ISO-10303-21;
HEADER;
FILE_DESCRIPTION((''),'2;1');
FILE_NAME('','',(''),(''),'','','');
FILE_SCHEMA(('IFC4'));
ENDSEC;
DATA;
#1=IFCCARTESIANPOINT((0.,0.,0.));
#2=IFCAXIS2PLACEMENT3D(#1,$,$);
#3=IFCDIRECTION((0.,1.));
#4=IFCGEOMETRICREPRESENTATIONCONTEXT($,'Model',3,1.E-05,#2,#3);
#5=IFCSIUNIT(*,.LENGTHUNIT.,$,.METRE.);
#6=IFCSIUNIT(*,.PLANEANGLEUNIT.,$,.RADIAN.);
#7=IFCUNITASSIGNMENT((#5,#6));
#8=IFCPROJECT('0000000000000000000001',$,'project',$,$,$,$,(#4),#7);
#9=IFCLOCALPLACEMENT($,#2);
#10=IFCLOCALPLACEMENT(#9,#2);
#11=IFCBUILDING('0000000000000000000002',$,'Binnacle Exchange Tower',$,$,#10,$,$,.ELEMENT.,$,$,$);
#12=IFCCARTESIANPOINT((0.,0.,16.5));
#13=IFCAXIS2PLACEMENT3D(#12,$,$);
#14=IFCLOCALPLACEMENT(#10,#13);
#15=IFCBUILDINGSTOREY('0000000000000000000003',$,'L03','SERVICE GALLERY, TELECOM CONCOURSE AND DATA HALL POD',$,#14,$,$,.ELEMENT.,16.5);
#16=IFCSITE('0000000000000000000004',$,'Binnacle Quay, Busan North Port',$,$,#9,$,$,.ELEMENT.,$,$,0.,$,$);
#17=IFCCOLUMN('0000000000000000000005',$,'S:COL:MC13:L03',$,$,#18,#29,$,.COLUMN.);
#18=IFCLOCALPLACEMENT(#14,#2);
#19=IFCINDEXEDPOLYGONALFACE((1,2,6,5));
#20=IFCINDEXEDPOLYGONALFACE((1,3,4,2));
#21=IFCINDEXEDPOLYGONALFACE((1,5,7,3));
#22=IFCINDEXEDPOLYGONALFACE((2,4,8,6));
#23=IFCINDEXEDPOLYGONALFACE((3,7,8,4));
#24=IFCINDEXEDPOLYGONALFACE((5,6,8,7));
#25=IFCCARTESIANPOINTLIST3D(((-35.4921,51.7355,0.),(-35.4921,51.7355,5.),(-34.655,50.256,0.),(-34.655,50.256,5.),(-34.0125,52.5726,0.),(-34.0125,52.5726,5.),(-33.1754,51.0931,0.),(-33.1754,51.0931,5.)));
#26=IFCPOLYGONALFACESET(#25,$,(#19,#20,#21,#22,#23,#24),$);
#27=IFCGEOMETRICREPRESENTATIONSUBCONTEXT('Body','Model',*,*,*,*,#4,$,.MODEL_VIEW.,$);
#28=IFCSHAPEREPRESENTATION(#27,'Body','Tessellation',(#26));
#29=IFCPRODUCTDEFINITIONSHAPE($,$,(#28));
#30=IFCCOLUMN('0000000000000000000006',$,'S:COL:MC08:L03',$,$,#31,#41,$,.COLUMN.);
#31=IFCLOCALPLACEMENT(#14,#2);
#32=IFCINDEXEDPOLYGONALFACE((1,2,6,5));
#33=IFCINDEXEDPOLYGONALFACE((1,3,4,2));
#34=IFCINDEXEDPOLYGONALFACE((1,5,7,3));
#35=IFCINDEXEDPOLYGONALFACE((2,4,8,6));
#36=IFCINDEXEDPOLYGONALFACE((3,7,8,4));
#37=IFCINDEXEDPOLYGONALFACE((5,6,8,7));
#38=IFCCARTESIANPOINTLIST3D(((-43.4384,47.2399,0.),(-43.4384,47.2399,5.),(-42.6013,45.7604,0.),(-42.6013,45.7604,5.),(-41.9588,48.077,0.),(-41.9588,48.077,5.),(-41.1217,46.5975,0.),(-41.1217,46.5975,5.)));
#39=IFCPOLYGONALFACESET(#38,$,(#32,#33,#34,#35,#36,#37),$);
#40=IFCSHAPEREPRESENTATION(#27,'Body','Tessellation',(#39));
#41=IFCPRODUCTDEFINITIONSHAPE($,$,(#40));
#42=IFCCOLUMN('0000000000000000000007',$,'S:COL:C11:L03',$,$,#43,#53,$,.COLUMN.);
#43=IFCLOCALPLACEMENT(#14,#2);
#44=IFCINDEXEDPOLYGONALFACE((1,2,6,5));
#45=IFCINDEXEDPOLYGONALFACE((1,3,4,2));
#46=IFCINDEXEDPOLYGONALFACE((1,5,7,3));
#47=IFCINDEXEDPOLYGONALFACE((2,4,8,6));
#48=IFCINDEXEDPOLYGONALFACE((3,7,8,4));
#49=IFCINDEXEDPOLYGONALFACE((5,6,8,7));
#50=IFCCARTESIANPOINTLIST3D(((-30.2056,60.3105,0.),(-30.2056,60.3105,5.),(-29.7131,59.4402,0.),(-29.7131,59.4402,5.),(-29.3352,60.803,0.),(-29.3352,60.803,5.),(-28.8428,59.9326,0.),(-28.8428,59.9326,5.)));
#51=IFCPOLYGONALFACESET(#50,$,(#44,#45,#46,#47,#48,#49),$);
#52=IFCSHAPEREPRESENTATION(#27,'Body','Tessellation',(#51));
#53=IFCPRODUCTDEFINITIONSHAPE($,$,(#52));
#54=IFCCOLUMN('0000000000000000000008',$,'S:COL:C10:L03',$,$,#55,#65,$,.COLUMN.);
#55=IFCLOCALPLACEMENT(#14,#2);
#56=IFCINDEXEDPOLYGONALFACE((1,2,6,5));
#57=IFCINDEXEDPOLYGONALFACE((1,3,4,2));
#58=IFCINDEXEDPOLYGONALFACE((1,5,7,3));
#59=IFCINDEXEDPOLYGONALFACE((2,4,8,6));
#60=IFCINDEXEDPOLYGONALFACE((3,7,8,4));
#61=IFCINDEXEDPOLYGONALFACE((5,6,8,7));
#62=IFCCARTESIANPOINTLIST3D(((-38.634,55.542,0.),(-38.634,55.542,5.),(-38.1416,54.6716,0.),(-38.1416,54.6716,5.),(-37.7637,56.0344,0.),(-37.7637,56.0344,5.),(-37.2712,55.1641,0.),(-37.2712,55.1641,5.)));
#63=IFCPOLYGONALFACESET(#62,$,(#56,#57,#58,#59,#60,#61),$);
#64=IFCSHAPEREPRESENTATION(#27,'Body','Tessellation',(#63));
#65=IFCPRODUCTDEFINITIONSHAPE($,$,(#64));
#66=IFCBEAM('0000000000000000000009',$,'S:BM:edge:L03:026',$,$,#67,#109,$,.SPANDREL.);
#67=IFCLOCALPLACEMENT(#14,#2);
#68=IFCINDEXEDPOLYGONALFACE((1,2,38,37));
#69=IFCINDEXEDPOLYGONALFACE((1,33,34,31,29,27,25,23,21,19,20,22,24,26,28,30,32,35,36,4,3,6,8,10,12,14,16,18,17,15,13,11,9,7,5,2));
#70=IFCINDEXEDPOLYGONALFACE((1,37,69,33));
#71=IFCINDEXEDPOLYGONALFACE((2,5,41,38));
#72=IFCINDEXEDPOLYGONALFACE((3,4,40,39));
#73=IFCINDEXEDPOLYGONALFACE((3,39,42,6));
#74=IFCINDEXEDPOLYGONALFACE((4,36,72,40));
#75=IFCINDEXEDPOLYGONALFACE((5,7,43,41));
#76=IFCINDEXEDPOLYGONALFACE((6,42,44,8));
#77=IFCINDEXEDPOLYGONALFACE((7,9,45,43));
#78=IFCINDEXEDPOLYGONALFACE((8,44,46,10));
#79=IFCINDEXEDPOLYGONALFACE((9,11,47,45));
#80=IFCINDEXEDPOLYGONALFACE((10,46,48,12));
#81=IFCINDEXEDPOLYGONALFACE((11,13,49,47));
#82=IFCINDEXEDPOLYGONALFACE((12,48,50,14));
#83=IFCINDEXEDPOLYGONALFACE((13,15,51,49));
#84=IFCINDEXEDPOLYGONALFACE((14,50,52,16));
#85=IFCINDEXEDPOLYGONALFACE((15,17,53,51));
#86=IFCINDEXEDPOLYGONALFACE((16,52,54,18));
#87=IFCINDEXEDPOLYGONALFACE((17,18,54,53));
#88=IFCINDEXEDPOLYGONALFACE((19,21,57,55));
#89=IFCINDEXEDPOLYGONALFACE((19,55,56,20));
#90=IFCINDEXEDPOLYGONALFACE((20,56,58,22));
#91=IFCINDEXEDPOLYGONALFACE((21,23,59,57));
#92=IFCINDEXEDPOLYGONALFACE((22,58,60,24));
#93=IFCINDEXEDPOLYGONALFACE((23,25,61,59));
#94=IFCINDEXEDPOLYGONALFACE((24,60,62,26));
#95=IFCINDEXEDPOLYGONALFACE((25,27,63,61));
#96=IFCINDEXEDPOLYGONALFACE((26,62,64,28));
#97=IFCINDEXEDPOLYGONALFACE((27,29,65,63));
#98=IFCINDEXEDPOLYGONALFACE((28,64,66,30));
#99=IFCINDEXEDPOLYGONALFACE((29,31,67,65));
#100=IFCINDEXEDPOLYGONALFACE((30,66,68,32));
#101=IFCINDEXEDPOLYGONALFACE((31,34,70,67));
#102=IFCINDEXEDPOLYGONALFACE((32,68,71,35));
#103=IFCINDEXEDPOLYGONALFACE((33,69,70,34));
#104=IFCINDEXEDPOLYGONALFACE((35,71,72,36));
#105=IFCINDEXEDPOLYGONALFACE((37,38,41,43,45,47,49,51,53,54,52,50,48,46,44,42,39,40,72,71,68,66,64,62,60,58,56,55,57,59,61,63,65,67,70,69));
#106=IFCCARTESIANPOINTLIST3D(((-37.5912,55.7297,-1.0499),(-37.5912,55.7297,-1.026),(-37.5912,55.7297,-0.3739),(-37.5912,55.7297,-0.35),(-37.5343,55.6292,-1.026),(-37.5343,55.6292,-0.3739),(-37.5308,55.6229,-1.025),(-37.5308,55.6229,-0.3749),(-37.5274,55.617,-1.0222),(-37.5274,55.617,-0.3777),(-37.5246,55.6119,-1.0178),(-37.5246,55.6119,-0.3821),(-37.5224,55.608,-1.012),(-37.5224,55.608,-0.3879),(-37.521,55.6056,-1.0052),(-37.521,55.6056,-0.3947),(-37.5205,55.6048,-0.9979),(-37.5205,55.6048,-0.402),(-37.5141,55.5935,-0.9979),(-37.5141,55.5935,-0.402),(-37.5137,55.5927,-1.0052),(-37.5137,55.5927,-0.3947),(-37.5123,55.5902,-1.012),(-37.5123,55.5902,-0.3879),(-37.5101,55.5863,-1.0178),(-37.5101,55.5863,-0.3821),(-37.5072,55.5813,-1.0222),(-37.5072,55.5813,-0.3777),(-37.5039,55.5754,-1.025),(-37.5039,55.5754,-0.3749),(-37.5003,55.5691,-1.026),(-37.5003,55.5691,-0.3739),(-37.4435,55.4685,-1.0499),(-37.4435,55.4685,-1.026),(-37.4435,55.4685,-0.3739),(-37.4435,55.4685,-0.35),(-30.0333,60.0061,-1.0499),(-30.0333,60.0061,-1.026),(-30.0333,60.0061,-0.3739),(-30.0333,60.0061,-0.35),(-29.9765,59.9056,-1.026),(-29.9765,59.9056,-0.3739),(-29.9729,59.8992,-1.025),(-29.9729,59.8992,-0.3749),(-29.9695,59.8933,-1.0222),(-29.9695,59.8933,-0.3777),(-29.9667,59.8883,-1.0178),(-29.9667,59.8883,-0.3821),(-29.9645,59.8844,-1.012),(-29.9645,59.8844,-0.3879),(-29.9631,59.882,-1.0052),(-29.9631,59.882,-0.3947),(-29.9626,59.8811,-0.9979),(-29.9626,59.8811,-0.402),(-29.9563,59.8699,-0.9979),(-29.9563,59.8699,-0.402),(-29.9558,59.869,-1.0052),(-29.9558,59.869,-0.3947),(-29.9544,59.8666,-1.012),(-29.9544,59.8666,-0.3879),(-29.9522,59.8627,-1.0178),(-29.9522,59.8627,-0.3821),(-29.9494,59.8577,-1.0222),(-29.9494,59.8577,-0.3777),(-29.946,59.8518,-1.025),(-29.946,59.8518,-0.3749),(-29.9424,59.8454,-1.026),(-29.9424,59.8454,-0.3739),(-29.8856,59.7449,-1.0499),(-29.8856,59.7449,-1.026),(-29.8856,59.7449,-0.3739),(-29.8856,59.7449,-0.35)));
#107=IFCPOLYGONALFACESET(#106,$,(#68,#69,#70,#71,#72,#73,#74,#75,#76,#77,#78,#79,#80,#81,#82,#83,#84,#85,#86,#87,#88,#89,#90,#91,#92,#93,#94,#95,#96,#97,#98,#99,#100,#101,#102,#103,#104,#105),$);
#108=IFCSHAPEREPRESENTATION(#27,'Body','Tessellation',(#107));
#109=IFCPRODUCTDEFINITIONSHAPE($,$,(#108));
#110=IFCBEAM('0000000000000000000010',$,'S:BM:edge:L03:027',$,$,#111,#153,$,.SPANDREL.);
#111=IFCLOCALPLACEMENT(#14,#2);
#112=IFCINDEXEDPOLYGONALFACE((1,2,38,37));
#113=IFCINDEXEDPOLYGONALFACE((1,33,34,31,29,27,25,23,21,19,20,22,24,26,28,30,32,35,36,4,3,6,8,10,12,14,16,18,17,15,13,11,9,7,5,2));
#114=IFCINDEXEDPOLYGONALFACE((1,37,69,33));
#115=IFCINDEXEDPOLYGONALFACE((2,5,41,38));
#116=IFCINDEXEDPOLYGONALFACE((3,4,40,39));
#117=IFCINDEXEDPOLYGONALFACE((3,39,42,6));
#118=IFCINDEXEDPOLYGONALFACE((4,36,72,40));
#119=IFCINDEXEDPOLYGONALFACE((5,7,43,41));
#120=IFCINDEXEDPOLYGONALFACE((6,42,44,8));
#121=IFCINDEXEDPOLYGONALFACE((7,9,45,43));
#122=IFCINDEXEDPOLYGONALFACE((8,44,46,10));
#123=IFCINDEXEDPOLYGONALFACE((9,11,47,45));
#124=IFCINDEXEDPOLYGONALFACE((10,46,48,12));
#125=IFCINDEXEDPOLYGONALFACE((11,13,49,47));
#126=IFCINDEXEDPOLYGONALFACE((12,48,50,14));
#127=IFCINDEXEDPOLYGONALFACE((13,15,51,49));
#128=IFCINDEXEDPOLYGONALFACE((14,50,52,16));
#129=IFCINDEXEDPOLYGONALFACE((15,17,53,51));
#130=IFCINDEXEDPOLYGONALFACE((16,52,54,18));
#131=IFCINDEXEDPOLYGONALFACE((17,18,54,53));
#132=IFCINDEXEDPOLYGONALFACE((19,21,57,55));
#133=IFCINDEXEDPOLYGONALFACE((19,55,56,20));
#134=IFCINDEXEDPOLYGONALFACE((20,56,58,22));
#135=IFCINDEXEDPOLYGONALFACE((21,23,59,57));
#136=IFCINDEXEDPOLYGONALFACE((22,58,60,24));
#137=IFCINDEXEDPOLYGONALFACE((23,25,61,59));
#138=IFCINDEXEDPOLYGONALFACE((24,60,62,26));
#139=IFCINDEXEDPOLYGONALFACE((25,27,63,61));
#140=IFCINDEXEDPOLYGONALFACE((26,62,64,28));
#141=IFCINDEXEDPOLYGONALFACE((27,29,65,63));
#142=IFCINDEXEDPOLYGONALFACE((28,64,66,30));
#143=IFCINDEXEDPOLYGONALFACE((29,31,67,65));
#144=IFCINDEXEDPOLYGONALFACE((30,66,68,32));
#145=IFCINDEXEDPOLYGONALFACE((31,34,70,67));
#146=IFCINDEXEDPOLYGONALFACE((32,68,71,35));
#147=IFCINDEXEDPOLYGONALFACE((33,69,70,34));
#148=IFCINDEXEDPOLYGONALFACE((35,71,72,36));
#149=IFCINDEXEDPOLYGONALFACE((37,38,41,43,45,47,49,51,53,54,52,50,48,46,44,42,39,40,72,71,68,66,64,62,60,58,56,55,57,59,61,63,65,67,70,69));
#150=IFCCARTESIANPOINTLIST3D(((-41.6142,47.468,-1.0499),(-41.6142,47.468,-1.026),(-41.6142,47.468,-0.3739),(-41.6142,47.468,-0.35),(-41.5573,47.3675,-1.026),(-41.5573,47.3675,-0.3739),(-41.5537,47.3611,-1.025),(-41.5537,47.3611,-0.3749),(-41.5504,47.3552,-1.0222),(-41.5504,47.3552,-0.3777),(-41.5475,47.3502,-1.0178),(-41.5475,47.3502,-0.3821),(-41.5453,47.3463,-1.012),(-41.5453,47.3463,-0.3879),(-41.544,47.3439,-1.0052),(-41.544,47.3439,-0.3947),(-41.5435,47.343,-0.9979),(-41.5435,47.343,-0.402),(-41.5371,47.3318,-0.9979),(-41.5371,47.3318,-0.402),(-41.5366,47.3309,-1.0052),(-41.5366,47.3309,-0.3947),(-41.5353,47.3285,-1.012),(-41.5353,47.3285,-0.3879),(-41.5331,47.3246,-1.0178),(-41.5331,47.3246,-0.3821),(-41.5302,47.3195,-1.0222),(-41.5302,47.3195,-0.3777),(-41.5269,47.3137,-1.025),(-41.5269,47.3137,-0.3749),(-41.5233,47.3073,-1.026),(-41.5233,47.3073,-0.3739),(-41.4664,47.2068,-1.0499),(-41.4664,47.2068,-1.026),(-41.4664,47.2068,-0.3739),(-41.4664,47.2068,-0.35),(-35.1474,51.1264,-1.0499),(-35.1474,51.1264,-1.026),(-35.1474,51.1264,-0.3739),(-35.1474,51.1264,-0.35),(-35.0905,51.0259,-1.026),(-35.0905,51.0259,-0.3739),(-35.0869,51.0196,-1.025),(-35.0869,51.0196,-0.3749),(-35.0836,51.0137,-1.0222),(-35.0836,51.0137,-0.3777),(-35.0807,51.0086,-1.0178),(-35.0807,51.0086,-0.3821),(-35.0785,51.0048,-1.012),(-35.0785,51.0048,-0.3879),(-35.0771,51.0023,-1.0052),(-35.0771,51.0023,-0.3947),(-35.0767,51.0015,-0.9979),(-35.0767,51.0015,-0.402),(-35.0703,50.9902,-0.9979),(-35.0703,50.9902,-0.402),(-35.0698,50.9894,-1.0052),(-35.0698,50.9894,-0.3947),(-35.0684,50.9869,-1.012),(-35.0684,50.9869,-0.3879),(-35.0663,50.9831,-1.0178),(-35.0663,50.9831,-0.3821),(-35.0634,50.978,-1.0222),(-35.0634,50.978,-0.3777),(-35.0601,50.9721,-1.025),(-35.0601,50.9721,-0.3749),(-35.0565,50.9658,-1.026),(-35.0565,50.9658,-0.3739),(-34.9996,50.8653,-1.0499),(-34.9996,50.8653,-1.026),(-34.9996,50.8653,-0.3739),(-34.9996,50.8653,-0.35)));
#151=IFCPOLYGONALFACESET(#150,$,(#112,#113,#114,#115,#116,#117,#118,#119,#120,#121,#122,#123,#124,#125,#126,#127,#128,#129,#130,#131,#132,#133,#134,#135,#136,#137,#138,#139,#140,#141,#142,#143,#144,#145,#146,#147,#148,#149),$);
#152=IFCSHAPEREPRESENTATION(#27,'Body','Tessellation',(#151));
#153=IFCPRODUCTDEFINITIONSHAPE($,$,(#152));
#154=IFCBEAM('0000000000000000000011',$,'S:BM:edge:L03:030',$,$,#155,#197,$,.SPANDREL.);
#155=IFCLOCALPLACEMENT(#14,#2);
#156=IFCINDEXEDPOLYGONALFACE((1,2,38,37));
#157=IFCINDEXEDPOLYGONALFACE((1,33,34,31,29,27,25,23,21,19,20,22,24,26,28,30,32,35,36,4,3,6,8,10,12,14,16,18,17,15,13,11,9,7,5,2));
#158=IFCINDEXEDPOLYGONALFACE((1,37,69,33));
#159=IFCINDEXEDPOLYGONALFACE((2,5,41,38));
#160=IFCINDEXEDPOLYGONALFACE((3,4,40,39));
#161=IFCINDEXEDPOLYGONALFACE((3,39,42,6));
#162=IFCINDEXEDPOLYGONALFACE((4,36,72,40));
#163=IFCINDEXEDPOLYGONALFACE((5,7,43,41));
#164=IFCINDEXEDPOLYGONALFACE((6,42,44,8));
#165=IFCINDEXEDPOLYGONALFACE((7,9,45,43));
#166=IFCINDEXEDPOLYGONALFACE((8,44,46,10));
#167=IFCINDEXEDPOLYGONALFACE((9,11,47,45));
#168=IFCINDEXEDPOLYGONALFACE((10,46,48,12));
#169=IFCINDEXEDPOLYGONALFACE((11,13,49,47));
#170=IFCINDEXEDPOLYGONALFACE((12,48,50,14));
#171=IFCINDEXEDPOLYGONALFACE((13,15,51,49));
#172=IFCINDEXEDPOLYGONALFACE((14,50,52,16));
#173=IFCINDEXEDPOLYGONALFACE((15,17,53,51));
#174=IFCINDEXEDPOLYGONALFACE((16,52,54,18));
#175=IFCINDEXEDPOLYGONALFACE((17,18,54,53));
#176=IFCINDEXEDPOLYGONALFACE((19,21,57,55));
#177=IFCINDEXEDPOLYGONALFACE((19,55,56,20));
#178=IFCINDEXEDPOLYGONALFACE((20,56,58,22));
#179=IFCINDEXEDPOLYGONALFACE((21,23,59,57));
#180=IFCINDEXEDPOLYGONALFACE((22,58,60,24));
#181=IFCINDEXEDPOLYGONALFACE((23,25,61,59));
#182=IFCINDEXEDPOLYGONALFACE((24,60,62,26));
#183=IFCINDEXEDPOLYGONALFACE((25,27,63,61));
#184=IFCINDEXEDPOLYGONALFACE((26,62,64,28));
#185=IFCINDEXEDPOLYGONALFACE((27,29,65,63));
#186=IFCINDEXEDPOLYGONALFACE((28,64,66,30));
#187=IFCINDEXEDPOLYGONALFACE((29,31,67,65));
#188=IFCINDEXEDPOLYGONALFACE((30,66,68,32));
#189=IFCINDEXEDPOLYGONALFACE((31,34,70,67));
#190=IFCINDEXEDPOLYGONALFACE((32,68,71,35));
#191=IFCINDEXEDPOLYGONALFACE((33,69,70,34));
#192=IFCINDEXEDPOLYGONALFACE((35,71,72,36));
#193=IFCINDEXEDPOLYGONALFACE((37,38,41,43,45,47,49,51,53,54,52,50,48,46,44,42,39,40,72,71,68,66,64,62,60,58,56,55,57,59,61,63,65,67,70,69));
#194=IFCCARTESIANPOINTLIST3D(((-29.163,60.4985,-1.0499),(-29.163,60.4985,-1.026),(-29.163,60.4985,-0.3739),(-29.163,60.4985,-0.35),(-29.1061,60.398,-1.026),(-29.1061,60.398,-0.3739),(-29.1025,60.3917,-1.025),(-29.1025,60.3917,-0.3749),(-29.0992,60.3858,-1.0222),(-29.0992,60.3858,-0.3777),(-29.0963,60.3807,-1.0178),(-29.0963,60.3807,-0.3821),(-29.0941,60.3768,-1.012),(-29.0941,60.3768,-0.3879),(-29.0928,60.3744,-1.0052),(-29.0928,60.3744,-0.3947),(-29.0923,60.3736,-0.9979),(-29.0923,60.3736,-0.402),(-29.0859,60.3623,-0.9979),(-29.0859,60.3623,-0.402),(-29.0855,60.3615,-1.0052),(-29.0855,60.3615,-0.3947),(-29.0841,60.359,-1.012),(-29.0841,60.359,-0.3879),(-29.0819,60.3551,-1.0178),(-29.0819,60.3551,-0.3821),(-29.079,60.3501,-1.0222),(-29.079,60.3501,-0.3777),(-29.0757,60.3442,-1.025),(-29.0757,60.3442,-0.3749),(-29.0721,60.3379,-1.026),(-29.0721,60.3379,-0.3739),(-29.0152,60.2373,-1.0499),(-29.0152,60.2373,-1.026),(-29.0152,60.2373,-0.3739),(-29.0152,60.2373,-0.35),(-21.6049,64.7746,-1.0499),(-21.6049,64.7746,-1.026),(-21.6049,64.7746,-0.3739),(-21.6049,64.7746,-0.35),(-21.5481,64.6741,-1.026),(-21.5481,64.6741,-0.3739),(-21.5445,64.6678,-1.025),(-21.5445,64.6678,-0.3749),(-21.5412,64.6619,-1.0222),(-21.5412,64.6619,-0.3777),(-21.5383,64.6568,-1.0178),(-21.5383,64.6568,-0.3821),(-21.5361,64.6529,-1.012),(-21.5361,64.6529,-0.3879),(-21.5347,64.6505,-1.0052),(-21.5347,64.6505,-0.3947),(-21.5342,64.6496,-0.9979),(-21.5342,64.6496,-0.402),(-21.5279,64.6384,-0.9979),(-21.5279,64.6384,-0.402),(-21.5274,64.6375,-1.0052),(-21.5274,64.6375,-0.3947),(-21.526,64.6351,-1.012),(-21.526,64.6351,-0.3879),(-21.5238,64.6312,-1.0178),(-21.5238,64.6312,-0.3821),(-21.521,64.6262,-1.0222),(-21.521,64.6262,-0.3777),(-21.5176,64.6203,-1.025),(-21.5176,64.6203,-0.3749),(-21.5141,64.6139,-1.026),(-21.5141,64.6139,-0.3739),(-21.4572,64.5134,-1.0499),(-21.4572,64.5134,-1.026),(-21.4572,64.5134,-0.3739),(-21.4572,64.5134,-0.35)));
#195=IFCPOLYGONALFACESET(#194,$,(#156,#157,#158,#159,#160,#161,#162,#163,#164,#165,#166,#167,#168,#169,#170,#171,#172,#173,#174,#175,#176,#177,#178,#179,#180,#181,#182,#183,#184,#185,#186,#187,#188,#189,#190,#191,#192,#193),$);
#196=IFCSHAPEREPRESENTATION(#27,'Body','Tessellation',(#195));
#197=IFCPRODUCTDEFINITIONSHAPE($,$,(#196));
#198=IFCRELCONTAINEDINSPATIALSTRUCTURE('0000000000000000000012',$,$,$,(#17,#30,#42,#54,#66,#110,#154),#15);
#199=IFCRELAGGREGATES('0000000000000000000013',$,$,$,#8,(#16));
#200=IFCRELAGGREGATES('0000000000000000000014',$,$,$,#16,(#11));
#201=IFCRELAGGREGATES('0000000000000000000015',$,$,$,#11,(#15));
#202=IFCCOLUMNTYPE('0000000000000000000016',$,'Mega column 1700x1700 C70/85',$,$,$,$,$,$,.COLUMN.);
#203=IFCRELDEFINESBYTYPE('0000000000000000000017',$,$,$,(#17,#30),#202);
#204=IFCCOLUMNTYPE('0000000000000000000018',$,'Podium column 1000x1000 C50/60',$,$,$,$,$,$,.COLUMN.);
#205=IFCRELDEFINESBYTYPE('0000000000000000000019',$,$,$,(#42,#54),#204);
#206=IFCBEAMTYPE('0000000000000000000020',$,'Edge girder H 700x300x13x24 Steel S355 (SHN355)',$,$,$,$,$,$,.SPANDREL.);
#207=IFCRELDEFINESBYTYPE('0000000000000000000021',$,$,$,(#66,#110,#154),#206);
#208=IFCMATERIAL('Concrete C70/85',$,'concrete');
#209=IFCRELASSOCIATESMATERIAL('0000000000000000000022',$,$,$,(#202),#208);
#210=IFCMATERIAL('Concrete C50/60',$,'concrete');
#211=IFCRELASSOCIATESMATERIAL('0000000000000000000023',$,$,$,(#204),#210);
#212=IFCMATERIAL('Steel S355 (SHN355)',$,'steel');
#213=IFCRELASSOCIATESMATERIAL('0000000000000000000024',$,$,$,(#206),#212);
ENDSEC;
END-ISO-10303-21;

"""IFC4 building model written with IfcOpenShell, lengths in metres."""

from ifc_helpers import new_model, si_unit, direction, frame, origin, origin_2d, place, context, subcontext, project, spatial, rectangle, i_section, extrude, material, material_profile, profile_set, type_object, element, save


model = new_model("IFC4")

# Units and contexts
model_context = context("Model", 3, precision=1e-05, world=origin(), true_north=direction((0.0, 1.0)))
body_context = subcontext(model_context, "Body", "Model", "MODEL_VIEW")
ifc_project = project(units=[si_unit("LENGTHUNIT", "METRE"), si_unit("PLANEANGLEUNIT", "RADIAN")], contexts=[model_context])

# Site, building, storey
site_placement = place(None, origin())
site = spatial("IfcSite", under=ifc_project, at=site_placement, Name="Binnacle Quay, Busan North Port", CompositionType="ELEMENT", RefElevation=0.0)
building_placement = place(site_placement, origin())
building = spatial("IfcBuilding", under=site, at=building_placement, Name="Binnacle Exchange Tower", CompositionType="ELEMENT")
storey_placement = place(building_placement, frame((0.0, 0.0, 16.5)))
storey = spatial("IfcBuildingStorey", under=building, at=storey_placement, Name="L03", Description="SERVICE GALLERY, TELECOM CONCOURSE AND DATA HALL POD", CompositionType="ELEMENT", Elevation=16.5)

# Columns
ifc_material_1 = material(Name="Concrete C70/85", Category="concrete")
ifc_material_profile_1 = material_profile(ifc_material_1, rectangle(XDim=1.7, YDim=1.7, at=origin_2d()), Name="Mega column 1700x1700 C70/85")
ifc_profile_set_1 = profile_set([ifc_material_profile_1], Name="Concrete C70/85")
column_type_1 = type_object("IfcColumnType", Name="Mega column 1700x1700 C70/85", PredefinedType="COLUMN", material=ifc_profile_set_1)
for number, where, z_axis, x_axis, name in (
    (1, (-34.3337, 51.4143, 0.0), (0.0, 0.0, 1.0), (-0.870356, -0.492424, 0.0), "S:COL:MC13:L03"),
    (2, (-42.28, 46.9187, 0.0), (0.0, 0.0, 1.0), (-0.870356, -0.492424, 0.0), "S:COL:MC08:L03"),
):
    element("IfcColumn", number, at=place(storey_placement, frame(where, z_axis=z_axis, x_axis=x_axis)), inside=storey, type_object=column_type_1, Name=name, PredefinedType="COLUMN", context=body_context, shape_type="SweptSolid", body=[
        extrude(rectangle(XDim=1.7, YDim=1.7, at=origin_2d()), origin(), (0.0, 0.0, 1.0), 5.0),
    ])
ifc_material_2 = material(Name="Concrete C50/60", Category="concrete")
ifc_material_profile_2 = material_profile(ifc_material_2, rectangle(XDim=1.0, YDim=1.0, at=origin_2d()), Name="Podium column 1000x1000 C50/60")
ifc_profile_set_2 = profile_set([ifc_material_profile_2], Name="Concrete C50/60")
column_type_2 = type_object("IfcColumnType", Name="Podium column 1000x1000 C50/60", PredefinedType="COLUMN", material=ifc_profile_set_2)
for number, where, z_axis, x_axis, name in (
    (3, (-29.5242, 60.1216, 0.0), (0.0, 0.0, 1.0), (-0.870356, -0.492424, 0.0), "S:COL:C11:L03"),
    (4, (-37.9526, 55.353, 0.0), (0.0, 0.0, 1.0), (-0.870356, -0.492424, 0.0), "S:COL:C10:L03"),
):
    element("IfcColumn", number, at=place(storey_placement, frame(where, z_axis=z_axis, x_axis=x_axis)), inside=storey, type_object=column_type_2, Name=name, PredefinedType="COLUMN", context=body_context, shape_type="SweptSolid", body=[
        extrude(rectangle(XDim=1.0, YDim=1.0, at=origin_2d()), origin(), (0.0, 0.0, 1.0), 5.0),
    ])

# Beams
ifc_material_3 = material(Name="Steel S355 (SHN355)", Category="steel")
ifc_material_profile_3 = material_profile(ifc_material_3, i_section(OverallWidth=0.3, OverallDepth=0.7, WebThickness=0.0129, FlangeThickness=0.0239, FilletRadius=0.0281, at=origin_2d()), Name="H 700x300x13x24")
ifc_profile_set_3 = profile_set([ifc_material_profile_3], Name="Steel S355 (SHN355)")
beam_type_1 = type_object("IfcBeamType", Name="Edge girder H 700x300x13x24 Steel S355 (SHN355)", PredefinedType="SPANDREL", material=ifc_profile_set_3)
beam_1_placement = place(storey_placement, frame((-37.5173, 55.5991, -0.7), z_axis=(0.870339, 0.492453, 0.0), x_axis=(-0.492453, 0.870339, 0.0)))
element("IfcBeam", 5, at=beam_1_placement, inside=storey, type_object=beam_type_1, Name="S:BM:edge:L03:026", PredefinedType="SPANDREL", context=body_context, shape_type="SweptSolid", body=[
    extrude(i_section(OverallWidth=0.3, OverallDepth=0.7, WebThickness=0.0129, FlangeThickness=0.0239, FilletRadius=0.0281, at=origin_2d()), origin(), (0.0, 0.0, 1.0), 8.6838),
])
beam_2_placement = place(storey_placement, frame((-35.0735, 50.9958, -0.7), z_axis=(-0.870372, -0.492394, 0.0), x_axis=(0.492394, -0.870372, 0.0)))
element("IfcBeam", 6, at=beam_2_placement, inside=storey, type_object=beam_type_1, Name="S:BM:edge:L03:027", PredefinedType="SPANDREL", context=body_context, shape_type="SweptSolid", body=[
    extrude(i_section(OverallWidth=0.3, OverallDepth=0.7, WebThickness=0.0129, FlangeThickness=0.0239, FilletRadius=0.0281, at=origin_2d()), origin(), (0.0, 0.0, 1.0), 7.4299),
])
beam_3_placement = place(storey_placement, frame((-29.0891, 60.3679, -0.7), z_axis=(0.870358, 0.492419, 0.0), x_axis=(-0.492419, 0.870358, 0.0)))
element("IfcBeam", 7, at=beam_3_placement, inside=storey, type_object=beam_type_1, Name="S:BM:edge:L03:030", PredefinedType="SPANDREL", context=body_context, shape_type="SweptSolid", body=[
    extrude(i_section(OverallWidth=0.3, OverallDepth=0.7, WebThickness=0.0129, FlangeThickness=0.0239, FilletRadius=0.0281, at=origin_2d()), origin(), (0.0, 0.0, 1.0), 8.6838),
])

save(model, "model.ifc")
